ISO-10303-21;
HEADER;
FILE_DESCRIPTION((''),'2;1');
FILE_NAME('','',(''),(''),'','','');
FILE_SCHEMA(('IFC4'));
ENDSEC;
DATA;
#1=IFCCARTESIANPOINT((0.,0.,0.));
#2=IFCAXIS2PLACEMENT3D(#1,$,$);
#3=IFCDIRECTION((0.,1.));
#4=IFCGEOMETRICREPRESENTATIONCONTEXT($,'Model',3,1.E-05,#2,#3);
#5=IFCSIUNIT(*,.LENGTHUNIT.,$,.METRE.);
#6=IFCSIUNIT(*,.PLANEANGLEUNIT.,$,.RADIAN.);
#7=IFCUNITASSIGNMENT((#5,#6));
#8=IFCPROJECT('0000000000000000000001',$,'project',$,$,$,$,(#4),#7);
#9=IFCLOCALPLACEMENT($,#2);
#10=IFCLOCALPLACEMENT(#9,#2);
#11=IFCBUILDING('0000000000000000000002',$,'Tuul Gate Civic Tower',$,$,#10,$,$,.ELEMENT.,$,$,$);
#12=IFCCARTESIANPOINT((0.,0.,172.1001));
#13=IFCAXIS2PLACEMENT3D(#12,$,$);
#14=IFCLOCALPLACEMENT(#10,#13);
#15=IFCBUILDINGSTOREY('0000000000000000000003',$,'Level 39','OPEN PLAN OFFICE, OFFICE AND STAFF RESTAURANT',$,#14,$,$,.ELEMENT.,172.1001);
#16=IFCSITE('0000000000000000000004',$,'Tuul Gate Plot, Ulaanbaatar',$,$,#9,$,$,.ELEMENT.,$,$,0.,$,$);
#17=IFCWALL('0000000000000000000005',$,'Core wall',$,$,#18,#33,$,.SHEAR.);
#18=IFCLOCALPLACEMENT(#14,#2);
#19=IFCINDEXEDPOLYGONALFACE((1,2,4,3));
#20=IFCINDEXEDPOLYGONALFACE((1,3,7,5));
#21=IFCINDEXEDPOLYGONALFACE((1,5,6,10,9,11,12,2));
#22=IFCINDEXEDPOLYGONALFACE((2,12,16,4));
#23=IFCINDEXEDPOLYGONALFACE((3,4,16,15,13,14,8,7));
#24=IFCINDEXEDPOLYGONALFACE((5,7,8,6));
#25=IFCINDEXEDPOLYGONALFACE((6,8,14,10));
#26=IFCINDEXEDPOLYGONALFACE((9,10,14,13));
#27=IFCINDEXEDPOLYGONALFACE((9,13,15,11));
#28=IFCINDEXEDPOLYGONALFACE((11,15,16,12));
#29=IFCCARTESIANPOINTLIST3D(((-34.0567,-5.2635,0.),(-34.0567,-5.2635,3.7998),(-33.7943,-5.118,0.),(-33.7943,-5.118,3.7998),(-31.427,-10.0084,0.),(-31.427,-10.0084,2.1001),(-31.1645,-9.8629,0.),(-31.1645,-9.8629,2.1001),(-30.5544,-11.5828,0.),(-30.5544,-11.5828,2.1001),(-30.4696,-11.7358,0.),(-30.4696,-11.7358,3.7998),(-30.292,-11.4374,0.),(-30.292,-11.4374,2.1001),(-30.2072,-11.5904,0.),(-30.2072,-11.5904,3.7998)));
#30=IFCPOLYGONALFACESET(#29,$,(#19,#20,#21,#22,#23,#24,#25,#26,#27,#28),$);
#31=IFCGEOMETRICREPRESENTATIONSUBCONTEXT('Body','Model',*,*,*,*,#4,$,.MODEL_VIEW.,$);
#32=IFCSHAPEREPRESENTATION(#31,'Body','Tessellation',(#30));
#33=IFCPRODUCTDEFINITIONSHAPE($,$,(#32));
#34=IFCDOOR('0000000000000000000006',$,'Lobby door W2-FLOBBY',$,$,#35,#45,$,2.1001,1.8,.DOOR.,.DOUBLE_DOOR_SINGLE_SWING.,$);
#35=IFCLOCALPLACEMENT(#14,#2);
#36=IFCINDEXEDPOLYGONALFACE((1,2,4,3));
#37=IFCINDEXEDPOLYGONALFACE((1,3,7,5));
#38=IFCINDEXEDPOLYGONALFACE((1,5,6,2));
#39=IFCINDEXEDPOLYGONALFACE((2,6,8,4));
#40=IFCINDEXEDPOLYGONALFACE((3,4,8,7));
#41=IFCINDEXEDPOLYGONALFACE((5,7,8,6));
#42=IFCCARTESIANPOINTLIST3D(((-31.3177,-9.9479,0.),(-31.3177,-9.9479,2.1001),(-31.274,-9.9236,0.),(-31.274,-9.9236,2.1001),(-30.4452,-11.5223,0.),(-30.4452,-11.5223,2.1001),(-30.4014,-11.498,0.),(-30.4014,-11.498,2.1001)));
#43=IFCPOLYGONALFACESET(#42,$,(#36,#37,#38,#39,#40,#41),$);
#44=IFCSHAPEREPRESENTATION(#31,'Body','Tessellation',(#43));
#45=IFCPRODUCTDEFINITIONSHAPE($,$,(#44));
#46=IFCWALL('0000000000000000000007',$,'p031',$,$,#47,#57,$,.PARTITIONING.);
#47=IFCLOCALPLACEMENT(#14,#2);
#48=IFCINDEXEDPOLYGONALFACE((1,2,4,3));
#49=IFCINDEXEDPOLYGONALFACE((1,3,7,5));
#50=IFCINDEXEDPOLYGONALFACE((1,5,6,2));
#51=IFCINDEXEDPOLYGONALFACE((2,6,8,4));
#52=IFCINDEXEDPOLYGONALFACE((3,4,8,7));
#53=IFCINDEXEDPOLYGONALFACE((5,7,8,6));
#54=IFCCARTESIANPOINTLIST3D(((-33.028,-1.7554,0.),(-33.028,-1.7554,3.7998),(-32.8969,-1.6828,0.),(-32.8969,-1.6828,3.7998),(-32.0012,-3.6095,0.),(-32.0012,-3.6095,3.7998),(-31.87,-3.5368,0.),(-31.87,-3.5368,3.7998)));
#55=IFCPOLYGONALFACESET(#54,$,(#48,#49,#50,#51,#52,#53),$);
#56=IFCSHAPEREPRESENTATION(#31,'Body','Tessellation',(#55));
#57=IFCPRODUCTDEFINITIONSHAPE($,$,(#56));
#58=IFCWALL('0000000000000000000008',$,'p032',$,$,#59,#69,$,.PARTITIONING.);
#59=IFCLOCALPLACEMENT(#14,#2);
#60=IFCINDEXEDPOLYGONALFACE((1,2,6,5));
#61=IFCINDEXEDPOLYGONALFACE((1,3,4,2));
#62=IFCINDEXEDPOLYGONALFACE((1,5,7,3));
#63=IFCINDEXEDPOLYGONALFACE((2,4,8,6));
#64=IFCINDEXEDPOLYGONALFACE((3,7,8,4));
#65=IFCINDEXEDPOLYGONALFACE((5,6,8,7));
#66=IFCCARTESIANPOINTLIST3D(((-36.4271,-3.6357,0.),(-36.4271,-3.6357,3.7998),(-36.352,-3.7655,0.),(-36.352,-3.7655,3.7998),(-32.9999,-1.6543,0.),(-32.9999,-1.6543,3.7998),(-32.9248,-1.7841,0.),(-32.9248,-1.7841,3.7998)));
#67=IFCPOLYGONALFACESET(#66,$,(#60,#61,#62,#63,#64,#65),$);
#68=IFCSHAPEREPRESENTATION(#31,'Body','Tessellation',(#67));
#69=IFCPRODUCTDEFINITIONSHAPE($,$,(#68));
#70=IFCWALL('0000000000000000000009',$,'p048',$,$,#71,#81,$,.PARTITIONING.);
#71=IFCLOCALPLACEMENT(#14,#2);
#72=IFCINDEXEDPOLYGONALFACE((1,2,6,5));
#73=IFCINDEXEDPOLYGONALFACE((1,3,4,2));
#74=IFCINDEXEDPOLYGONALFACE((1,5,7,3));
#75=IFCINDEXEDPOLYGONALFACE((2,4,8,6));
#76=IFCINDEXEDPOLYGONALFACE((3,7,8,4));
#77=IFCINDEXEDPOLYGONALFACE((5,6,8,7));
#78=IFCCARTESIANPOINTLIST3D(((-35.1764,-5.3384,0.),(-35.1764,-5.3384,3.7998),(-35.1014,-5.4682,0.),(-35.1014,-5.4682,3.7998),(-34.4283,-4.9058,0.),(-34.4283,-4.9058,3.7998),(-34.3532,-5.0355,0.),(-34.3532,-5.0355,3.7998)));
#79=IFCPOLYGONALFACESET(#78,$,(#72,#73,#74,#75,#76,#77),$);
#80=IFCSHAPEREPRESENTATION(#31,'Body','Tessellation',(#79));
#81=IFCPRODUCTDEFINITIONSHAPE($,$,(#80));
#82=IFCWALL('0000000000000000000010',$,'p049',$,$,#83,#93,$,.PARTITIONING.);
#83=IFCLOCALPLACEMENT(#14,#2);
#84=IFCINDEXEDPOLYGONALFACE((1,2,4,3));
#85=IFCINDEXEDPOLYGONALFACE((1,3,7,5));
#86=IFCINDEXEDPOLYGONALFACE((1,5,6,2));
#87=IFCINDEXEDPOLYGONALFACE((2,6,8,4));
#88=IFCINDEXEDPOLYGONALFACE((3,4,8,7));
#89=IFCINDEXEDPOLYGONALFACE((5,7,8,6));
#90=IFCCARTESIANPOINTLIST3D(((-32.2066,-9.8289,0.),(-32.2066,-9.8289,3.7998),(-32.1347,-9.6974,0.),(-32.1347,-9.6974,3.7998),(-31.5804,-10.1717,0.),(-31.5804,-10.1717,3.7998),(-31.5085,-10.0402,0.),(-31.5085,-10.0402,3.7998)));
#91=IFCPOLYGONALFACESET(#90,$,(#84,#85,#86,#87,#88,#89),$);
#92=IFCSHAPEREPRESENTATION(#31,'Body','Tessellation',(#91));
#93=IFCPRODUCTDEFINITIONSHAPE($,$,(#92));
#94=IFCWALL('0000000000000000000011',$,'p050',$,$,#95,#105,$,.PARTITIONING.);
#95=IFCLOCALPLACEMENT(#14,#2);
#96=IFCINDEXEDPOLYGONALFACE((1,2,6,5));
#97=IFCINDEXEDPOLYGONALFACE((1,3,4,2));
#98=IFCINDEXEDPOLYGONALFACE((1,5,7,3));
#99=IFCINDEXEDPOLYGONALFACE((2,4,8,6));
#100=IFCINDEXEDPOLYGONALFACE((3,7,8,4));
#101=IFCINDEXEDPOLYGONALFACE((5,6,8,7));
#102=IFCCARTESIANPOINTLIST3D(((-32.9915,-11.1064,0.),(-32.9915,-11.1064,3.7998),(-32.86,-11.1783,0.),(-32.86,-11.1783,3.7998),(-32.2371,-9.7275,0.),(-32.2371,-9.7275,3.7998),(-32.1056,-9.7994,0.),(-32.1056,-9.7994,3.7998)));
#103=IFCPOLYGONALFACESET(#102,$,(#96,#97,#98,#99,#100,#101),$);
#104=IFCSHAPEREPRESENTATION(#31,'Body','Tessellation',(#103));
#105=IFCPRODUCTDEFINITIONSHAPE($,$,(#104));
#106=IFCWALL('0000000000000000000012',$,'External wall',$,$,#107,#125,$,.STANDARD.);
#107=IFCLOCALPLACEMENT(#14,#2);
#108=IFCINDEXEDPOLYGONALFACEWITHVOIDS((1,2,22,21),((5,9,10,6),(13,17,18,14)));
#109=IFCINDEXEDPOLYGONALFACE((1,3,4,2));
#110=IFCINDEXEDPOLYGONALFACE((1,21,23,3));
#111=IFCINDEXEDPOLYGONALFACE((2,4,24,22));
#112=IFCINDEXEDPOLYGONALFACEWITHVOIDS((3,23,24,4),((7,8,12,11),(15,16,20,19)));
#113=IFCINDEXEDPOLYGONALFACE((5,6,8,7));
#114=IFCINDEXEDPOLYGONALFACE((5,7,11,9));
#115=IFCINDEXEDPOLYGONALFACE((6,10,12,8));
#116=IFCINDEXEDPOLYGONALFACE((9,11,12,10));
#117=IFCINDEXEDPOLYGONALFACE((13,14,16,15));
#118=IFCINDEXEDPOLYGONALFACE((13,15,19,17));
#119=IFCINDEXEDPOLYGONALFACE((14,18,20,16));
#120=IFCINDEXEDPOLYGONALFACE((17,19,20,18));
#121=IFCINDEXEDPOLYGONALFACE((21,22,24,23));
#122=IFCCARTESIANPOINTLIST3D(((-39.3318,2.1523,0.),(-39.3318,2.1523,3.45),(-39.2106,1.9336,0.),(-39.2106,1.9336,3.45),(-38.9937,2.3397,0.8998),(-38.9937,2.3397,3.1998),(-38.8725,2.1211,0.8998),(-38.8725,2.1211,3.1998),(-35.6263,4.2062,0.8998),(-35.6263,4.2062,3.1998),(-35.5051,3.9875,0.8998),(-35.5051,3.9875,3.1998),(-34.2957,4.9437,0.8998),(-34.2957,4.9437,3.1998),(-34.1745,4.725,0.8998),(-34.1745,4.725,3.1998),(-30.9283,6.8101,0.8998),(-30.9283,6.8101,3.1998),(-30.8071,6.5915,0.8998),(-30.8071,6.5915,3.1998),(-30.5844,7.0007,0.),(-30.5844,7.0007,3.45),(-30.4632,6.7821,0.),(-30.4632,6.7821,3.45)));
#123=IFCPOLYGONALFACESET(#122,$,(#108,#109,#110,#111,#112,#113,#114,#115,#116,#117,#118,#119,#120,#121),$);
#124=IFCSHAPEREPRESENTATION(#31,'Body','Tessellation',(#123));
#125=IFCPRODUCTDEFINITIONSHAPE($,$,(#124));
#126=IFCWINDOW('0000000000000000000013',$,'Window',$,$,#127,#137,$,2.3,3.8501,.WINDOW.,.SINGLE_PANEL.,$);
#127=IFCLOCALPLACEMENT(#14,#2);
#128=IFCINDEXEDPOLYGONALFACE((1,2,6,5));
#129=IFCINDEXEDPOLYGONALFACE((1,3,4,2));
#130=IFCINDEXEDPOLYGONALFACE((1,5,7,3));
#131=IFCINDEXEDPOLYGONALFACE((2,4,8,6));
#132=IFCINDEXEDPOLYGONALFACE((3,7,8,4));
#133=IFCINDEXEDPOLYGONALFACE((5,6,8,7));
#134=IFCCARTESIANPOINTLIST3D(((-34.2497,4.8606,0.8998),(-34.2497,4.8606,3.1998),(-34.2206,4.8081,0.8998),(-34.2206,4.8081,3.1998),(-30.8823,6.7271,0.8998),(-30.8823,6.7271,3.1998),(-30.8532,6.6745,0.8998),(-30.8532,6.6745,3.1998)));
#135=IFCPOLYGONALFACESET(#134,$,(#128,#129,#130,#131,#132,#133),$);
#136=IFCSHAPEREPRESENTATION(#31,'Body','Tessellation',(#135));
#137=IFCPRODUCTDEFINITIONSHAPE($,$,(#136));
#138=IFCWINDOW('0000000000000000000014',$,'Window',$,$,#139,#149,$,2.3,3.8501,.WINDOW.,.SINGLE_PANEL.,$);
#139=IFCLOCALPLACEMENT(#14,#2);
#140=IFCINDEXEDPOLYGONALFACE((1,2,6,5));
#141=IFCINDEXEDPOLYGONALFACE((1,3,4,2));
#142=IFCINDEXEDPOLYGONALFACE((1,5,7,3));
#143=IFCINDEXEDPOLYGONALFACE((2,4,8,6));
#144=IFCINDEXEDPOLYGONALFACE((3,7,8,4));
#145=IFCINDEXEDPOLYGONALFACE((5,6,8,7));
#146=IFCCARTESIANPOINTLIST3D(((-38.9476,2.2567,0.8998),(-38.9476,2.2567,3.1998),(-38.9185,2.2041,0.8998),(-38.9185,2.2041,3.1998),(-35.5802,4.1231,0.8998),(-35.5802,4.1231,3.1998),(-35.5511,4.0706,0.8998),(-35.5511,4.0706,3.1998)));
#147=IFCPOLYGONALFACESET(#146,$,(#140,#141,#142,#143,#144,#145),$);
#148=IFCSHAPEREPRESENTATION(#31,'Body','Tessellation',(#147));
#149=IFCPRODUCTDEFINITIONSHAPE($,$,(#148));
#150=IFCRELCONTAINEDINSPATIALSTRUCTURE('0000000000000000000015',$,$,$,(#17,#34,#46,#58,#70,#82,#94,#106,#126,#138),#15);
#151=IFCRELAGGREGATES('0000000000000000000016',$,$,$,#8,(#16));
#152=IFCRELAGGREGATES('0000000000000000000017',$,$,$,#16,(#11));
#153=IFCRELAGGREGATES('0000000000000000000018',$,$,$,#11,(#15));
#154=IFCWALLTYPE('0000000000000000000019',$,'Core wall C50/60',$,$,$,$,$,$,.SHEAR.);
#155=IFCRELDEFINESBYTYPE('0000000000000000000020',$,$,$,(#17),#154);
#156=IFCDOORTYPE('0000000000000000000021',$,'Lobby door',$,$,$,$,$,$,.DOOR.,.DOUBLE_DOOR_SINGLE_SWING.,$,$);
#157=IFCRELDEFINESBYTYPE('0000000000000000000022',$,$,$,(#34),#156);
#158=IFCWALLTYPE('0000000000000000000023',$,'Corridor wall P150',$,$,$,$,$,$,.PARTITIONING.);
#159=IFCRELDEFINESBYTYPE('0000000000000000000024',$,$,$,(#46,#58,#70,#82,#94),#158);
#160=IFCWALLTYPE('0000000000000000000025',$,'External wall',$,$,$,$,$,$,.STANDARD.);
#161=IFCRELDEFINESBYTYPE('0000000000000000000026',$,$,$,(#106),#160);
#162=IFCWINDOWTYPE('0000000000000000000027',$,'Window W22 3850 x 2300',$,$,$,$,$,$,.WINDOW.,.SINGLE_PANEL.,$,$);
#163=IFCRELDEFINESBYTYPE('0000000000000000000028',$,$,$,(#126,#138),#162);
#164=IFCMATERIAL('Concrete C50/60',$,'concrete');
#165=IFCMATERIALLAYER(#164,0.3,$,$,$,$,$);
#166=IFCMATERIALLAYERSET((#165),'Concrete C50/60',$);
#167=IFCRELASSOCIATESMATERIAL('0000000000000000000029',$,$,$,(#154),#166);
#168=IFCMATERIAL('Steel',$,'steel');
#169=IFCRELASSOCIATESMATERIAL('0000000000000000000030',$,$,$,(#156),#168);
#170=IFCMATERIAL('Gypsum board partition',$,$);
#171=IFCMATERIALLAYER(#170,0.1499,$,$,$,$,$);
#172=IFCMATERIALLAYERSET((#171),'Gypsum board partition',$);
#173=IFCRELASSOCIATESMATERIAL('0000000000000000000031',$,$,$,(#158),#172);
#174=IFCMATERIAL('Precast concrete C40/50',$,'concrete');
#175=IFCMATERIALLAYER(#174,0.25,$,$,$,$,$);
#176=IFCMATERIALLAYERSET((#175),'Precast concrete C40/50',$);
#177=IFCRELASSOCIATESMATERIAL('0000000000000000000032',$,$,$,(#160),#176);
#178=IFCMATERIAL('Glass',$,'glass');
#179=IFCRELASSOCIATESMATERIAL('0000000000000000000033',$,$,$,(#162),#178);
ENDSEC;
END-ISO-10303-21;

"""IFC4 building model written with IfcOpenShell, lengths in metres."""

from ifc_helpers import new_model, si_unit, direction, frame, frame_2d, origin, place, context, subcontext, project, spatial, rectangle, extrude, material, layer, layer_set, type_object, element, fill, save


model = new_model("IFC4")

# Units and contexts
model_context = context("Model", 3, precision=1e-05, world=origin(), true_north=direction((0.0, 1.0)))
body_context = subcontext(model_context, "Body", "Model", "MODEL_VIEW")
ifc_project = project(units=[si_unit("LENGTHUNIT", "METRE"), si_unit("PLANEANGLEUNIT", "RADIAN")], contexts=[model_context])

# Site, building, storey
site_placement = place(None, origin())
site = spatial("IfcSite", under=ifc_project, at=site_placement, Name="Tuul Gate Plot, Ulaanbaatar", CompositionType="ELEMENT", RefElevation=0.0)
building_placement = place(site_placement, origin())
building = spatial("IfcBuilding", under=site, at=building_placement, Name="Tuul Gate Civic Tower", CompositionType="ELEMENT")
storey_placement = place(building_placement, frame((0.0, 0.0, 172.1001)))
storey = spatial("IfcBuildingStorey", under=building, at=storey_placement, Name="Level 39", Description="OPEN PLAN OFFICE, OFFICE AND STAFF RESTAURANT", CompositionType="ELEMENT", Elevation=172.1001)

# Shared definitions
ifc_material_1 = material(Name="Concrete C50/60", Category="concrete")
ifc_layer_1 = layer(ifc_material_1, 0.3)
ifc_layer_set_1 = layer_set([ifc_layer_1], Name="Concrete C50/60")
wall_type_1 = type_object("IfcWallType", Name="Core wall C50/60", PredefinedType="SHEAR", material=ifc_layer_set_1)

# Wall, opening, door
wall_1_placement = place(storey_placement, frame((-30.3384, -11.6631, 0.0), z_axis=(0.0, 0.0, 1.0), x_axis=(-0.484752, 0.874652, 0.0)))
wall_1 = element("IfcWall", 1, at=wall_1_placement, inside=storey, type_object=wall_type_1, Name="Core wall", PredefinedType="SHEAR", context=body_context, shape_type="SweptSolid", body=[
    extrude(rectangle(XDim=7.3999, YDim=0.3, at=frame_2d((3.7, 0.0))), origin(), (0.0, 0.0, 1.0), 3.7998),
])
opening_1_placement = place(wall_1_placement, frame((0.175, 0.0, 0.0)))
opening_1 = element("IfcOpeningElement", 2, at=opening_1_placement, cuts=wall_1, PredefinedType="OPENING", context=body_context, shape_type="SweptSolid", body=[
    extrude(rectangle(XDim=1.8, YDim=2.1001, at=frame_2d((0.8999, 1.05))), frame((0.0, 0.1602, 0.0), z_axis=(0.0, -1.0, 0.0), x_axis=(1.0, 0.0, 0.0)), (0.0, 0.0, 1.0), 0.3201),
])
ifc_material_2 = material(Name="Steel", Category="steel")
door_type_1 = type_object("IfcDoorType", Name="Lobby door", OperationType="DOUBLE_DOOR_SINGLE_SWING", PredefinedType="DOOR", material=ifc_material_2)
door_1_placement = place(opening_1_placement, frame((1.8, 0.0, 0.0), z_axis=(0.0, 0.0, 1.0), x_axis=(-1.0, 0.0, 0.0)))
door_1 = element("IfcDoor", 3, at=door_1_placement, inside=storey, type_object=door_type_1, Name="Lobby door W2-FLOBBY", OperationType="DOUBLE_DOOR_SINGLE_SWING", OverallHeight=2.1001, OverallWidth=1.8, PredefinedType="DOOR", context=body_context, shape_type="SweptSolid", body=[
    extrude(rectangle(XDim=1.8, YDim=2.1001, at=frame_2d((0.9001, 1.05))), frame((0.0, 0.0249, 0.0), z_axis=(0.0, -1.0, 0.0), x_axis=(1.0, 0.0, 0.0)), (0.0, 0.0, 1.0), 0.05),
])
fill(opening_1, door_1)

# Walls
ifc_material_3 = material(Name="Gypsum board partition")
ifc_layer_2 = layer(ifc_material_3, 0.1499)
ifc_layer_set_2 = layer_set([ifc_layer_2], Name="Gypsum board partition")
wall_type_2 = type_object("IfcWallType", Name="Corridor wall P150", PredefinedType="PARTITIONING", material=ifc_layer_set_2)
wall_2_placement = place(storey_placement, frame((-32.9624, -1.7192, 0.0), z_axis=(0.0, 0.0, 1.0), x_axis=(0.484508, -0.874787, 0.0)))
element("IfcWall", 4, at=wall_2_placement, inside=storey, type_object=wall_type_2, Name="p031", PredefinedType="PARTITIONING", context=body_context, shape_type="SweptSolid", body=[
    extrude(rectangle(XDim=2.1194, YDim=0.1499, at=frame_2d((1.0596, 0.0))), origin(), (0.0, 0.0, 1.0), 3.7998),
])
wall_3_placement = place(storey_placement, frame((-36.3896, -3.7007, 0.0), z_axis=(0.0, 0.0, 1.0), x_axis=(0.865727, 0.500516, 0.0)))
element("IfcWall", 5, at=wall_3_placement, inside=storey, type_object=wall_type_2, Name="p032", PredefinedType="PARTITIONING", context=body_context, shape_type="SweptSolid", body=[
    extrude(rectangle(XDim=3.9587, YDim=0.1499, at=frame_2d((1.9795, 0.0))), origin(), (0.0, 0.0, 1.0), 3.7998),
])
wall_4_placement = place(storey_placement, frame((-35.1389, -5.4033, 0.0), z_axis=(0.0, 0.0, 1.0), x_axis=(0.865658, 0.500635, 0.0)))
element("IfcWall", 6, at=wall_4_placement, inside=storey, type_object=wall_type_2, Name="p048", PredefinedType="PARTITIONING", context=body_context, shape_type="SweptSolid", body=[
    extrude(rectangle(XDim=0.8643, YDim=0.1499, at=frame_2d((0.4321, 0.0))), origin(), (0.0, 0.0, 1.0), 3.7998),
])
wall_5_placement = place(storey_placement, frame((-32.1707, -9.7632, 0.0), z_axis=(0.0, 0.0, 1.0), x_axis=(0.877189, -0.480145, 0.0)))
element("IfcWall", 7, at=wall_5_placement, inside=storey, type_object=wall_type_2, Name="p049", PredefinedType="PARTITIONING", context=body_context, shape_type="SweptSolid", body=[
    extrude(rectangle(XDim=0.7139, YDim=0.1499, at=frame_2d((0.3569, 0.0))), origin(), (0.0, 0.0, 1.0), 3.7998),
])
wall_6_placement = place(storey_placement, frame((-32.9258, -11.1423, 0.0), z_axis=(0.0, 0.0, 1.0), x_axis=(0.479962, 0.877289, 0.0)))
element("IfcWall", 8, at=wall_6_placement, inside=storey, type_object=wall_type_2, Name="p050", PredefinedType="PARTITIONING", context=body_context, shape_type="SweptSolid", body=[
    extrude(rectangle(XDim=1.5718, YDim=0.1499, at=frame_2d((0.7859, 0.0))), origin(), (0.0, 0.0, 1.0), 3.7998),
])

# Wall, openings, windows
ifc_material_4 = material(Name="Precast concrete C40/50", Category="concrete")
ifc_layer_3 = layer(ifc_material_4, 0.25)
ifc_layer_set_3 = layer_set([ifc_layer_3], Name="Precast concrete C40/50")
wall_type_3 = type_object("IfcWallType", Name="External wall", PredefinedType="STANDARD", material=ifc_layer_set_3)
wall_7_placement = place(storey_placement, frame((-30.5239, 6.8914, 0.0), z_axis=(0.0, 0.0, 1.0), x_axis=(-0.874634, -0.484785, 0.0)))
wall_7 = element("IfcWall", 9, at=wall_7_placement, inside=storey, type_object=wall_type_3, Name="External wall", PredefinedType="STANDARD", context=body_context, shape_type="SweptSolid", body=[
    extrude(rectangle(XDim=10.0012, YDim=0.25, at=frame_2d((5.0005, 0.0))), origin(), (0.0, 0.0, 1.0), 3.45),
])
opening_2_placement = place(wall_7_placement, frame((0.3931, 0.0, 0.8999)))
opening_2 = element("IfcOpeningElement", 10, at=opening_2_placement, cuts=wall_7, PredefinedType="OPENING", context=body_context, shape_type="SweptSolid", body=[
    extrude(rectangle(XDim=3.8501, YDim=2.3, at=frame_2d((1.925, 1.1499))), frame((0.0, 0.135, 0.0), z_axis=(0.0, -1.0, 0.0), x_axis=(1.0, 0.0, 0.0)), (0.0, 0.0, 1.0), 0.27),
])
opening_3_placement = place(wall_7_placement, frame((5.7644, 0.0, 0.8999)))
opening_3 = element("IfcOpeningElement", 11, at=opening_3_placement, cuts=wall_7, PredefinedType="OPENING", context=body_context, shape_type="SweptSolid", body=[
    extrude(rectangle(XDim=3.8501, YDim=2.3, at=frame_2d((1.925, 1.1499))), frame((0.0, 0.135, 0.0), z_axis=(0.0, -1.0, 0.0), x_axis=(1.0, 0.0, 0.0)), (0.0, 0.0, 1.0), 0.27),
])
ifc_material_5 = material(Name="Glass", Category="glass")
window_type = type_object("IfcWindowType", Name="Window W22 3850 x 2300", PartitioningType="SINGLE_PANEL", PredefinedType="WINDOW", material=ifc_material_5)
window_1_placement = place(opening_2_placement, origin())
window_1 = element("IfcWindow", 12, at=window_1_placement, inside=storey, type_object=window_type, Name="Window", OverallHeight=2.3, OverallWidth=3.8501, PartitioningType="SINGLE_PANEL", PredefinedType="WINDOW", context=body_context, shape_type="SweptSolid", body=[
    extrude(rectangle(XDim=3.8501, YDim=2.3, at=frame_2d((1.925, 1.1499))), frame((0.0, 0.03, 0.0), z_axis=(0.0, -1.0, 0.0), x_axis=(1.0, 0.0, 0.0)), (0.0, 0.0, 1.0), 0.0601),
])
fill(opening_2, window_1)
window_2_placement = place(opening_3_placement, origin())
window_2 = element("IfcWindow", 13, at=window_2_placement, inside=storey, type_object=window_type, Name="Window", OverallHeight=2.3, OverallWidth=3.8501, PartitioningType="SINGLE_PANEL", PredefinedType="WINDOW", context=body_context, shape_type="SweptSolid", body=[
    extrude(rectangle(XDim=3.8501, YDim=2.3, at=frame_2d((1.925, 1.1499))), frame((0.0, 0.03, 0.0), z_axis=(0.0, -1.0, 0.0), x_axis=(1.0, 0.0, 0.0)), (0.0, 0.0, 1.0), 0.0601),
])
fill(opening_3, window_2)

save(model, "model.ifc")
